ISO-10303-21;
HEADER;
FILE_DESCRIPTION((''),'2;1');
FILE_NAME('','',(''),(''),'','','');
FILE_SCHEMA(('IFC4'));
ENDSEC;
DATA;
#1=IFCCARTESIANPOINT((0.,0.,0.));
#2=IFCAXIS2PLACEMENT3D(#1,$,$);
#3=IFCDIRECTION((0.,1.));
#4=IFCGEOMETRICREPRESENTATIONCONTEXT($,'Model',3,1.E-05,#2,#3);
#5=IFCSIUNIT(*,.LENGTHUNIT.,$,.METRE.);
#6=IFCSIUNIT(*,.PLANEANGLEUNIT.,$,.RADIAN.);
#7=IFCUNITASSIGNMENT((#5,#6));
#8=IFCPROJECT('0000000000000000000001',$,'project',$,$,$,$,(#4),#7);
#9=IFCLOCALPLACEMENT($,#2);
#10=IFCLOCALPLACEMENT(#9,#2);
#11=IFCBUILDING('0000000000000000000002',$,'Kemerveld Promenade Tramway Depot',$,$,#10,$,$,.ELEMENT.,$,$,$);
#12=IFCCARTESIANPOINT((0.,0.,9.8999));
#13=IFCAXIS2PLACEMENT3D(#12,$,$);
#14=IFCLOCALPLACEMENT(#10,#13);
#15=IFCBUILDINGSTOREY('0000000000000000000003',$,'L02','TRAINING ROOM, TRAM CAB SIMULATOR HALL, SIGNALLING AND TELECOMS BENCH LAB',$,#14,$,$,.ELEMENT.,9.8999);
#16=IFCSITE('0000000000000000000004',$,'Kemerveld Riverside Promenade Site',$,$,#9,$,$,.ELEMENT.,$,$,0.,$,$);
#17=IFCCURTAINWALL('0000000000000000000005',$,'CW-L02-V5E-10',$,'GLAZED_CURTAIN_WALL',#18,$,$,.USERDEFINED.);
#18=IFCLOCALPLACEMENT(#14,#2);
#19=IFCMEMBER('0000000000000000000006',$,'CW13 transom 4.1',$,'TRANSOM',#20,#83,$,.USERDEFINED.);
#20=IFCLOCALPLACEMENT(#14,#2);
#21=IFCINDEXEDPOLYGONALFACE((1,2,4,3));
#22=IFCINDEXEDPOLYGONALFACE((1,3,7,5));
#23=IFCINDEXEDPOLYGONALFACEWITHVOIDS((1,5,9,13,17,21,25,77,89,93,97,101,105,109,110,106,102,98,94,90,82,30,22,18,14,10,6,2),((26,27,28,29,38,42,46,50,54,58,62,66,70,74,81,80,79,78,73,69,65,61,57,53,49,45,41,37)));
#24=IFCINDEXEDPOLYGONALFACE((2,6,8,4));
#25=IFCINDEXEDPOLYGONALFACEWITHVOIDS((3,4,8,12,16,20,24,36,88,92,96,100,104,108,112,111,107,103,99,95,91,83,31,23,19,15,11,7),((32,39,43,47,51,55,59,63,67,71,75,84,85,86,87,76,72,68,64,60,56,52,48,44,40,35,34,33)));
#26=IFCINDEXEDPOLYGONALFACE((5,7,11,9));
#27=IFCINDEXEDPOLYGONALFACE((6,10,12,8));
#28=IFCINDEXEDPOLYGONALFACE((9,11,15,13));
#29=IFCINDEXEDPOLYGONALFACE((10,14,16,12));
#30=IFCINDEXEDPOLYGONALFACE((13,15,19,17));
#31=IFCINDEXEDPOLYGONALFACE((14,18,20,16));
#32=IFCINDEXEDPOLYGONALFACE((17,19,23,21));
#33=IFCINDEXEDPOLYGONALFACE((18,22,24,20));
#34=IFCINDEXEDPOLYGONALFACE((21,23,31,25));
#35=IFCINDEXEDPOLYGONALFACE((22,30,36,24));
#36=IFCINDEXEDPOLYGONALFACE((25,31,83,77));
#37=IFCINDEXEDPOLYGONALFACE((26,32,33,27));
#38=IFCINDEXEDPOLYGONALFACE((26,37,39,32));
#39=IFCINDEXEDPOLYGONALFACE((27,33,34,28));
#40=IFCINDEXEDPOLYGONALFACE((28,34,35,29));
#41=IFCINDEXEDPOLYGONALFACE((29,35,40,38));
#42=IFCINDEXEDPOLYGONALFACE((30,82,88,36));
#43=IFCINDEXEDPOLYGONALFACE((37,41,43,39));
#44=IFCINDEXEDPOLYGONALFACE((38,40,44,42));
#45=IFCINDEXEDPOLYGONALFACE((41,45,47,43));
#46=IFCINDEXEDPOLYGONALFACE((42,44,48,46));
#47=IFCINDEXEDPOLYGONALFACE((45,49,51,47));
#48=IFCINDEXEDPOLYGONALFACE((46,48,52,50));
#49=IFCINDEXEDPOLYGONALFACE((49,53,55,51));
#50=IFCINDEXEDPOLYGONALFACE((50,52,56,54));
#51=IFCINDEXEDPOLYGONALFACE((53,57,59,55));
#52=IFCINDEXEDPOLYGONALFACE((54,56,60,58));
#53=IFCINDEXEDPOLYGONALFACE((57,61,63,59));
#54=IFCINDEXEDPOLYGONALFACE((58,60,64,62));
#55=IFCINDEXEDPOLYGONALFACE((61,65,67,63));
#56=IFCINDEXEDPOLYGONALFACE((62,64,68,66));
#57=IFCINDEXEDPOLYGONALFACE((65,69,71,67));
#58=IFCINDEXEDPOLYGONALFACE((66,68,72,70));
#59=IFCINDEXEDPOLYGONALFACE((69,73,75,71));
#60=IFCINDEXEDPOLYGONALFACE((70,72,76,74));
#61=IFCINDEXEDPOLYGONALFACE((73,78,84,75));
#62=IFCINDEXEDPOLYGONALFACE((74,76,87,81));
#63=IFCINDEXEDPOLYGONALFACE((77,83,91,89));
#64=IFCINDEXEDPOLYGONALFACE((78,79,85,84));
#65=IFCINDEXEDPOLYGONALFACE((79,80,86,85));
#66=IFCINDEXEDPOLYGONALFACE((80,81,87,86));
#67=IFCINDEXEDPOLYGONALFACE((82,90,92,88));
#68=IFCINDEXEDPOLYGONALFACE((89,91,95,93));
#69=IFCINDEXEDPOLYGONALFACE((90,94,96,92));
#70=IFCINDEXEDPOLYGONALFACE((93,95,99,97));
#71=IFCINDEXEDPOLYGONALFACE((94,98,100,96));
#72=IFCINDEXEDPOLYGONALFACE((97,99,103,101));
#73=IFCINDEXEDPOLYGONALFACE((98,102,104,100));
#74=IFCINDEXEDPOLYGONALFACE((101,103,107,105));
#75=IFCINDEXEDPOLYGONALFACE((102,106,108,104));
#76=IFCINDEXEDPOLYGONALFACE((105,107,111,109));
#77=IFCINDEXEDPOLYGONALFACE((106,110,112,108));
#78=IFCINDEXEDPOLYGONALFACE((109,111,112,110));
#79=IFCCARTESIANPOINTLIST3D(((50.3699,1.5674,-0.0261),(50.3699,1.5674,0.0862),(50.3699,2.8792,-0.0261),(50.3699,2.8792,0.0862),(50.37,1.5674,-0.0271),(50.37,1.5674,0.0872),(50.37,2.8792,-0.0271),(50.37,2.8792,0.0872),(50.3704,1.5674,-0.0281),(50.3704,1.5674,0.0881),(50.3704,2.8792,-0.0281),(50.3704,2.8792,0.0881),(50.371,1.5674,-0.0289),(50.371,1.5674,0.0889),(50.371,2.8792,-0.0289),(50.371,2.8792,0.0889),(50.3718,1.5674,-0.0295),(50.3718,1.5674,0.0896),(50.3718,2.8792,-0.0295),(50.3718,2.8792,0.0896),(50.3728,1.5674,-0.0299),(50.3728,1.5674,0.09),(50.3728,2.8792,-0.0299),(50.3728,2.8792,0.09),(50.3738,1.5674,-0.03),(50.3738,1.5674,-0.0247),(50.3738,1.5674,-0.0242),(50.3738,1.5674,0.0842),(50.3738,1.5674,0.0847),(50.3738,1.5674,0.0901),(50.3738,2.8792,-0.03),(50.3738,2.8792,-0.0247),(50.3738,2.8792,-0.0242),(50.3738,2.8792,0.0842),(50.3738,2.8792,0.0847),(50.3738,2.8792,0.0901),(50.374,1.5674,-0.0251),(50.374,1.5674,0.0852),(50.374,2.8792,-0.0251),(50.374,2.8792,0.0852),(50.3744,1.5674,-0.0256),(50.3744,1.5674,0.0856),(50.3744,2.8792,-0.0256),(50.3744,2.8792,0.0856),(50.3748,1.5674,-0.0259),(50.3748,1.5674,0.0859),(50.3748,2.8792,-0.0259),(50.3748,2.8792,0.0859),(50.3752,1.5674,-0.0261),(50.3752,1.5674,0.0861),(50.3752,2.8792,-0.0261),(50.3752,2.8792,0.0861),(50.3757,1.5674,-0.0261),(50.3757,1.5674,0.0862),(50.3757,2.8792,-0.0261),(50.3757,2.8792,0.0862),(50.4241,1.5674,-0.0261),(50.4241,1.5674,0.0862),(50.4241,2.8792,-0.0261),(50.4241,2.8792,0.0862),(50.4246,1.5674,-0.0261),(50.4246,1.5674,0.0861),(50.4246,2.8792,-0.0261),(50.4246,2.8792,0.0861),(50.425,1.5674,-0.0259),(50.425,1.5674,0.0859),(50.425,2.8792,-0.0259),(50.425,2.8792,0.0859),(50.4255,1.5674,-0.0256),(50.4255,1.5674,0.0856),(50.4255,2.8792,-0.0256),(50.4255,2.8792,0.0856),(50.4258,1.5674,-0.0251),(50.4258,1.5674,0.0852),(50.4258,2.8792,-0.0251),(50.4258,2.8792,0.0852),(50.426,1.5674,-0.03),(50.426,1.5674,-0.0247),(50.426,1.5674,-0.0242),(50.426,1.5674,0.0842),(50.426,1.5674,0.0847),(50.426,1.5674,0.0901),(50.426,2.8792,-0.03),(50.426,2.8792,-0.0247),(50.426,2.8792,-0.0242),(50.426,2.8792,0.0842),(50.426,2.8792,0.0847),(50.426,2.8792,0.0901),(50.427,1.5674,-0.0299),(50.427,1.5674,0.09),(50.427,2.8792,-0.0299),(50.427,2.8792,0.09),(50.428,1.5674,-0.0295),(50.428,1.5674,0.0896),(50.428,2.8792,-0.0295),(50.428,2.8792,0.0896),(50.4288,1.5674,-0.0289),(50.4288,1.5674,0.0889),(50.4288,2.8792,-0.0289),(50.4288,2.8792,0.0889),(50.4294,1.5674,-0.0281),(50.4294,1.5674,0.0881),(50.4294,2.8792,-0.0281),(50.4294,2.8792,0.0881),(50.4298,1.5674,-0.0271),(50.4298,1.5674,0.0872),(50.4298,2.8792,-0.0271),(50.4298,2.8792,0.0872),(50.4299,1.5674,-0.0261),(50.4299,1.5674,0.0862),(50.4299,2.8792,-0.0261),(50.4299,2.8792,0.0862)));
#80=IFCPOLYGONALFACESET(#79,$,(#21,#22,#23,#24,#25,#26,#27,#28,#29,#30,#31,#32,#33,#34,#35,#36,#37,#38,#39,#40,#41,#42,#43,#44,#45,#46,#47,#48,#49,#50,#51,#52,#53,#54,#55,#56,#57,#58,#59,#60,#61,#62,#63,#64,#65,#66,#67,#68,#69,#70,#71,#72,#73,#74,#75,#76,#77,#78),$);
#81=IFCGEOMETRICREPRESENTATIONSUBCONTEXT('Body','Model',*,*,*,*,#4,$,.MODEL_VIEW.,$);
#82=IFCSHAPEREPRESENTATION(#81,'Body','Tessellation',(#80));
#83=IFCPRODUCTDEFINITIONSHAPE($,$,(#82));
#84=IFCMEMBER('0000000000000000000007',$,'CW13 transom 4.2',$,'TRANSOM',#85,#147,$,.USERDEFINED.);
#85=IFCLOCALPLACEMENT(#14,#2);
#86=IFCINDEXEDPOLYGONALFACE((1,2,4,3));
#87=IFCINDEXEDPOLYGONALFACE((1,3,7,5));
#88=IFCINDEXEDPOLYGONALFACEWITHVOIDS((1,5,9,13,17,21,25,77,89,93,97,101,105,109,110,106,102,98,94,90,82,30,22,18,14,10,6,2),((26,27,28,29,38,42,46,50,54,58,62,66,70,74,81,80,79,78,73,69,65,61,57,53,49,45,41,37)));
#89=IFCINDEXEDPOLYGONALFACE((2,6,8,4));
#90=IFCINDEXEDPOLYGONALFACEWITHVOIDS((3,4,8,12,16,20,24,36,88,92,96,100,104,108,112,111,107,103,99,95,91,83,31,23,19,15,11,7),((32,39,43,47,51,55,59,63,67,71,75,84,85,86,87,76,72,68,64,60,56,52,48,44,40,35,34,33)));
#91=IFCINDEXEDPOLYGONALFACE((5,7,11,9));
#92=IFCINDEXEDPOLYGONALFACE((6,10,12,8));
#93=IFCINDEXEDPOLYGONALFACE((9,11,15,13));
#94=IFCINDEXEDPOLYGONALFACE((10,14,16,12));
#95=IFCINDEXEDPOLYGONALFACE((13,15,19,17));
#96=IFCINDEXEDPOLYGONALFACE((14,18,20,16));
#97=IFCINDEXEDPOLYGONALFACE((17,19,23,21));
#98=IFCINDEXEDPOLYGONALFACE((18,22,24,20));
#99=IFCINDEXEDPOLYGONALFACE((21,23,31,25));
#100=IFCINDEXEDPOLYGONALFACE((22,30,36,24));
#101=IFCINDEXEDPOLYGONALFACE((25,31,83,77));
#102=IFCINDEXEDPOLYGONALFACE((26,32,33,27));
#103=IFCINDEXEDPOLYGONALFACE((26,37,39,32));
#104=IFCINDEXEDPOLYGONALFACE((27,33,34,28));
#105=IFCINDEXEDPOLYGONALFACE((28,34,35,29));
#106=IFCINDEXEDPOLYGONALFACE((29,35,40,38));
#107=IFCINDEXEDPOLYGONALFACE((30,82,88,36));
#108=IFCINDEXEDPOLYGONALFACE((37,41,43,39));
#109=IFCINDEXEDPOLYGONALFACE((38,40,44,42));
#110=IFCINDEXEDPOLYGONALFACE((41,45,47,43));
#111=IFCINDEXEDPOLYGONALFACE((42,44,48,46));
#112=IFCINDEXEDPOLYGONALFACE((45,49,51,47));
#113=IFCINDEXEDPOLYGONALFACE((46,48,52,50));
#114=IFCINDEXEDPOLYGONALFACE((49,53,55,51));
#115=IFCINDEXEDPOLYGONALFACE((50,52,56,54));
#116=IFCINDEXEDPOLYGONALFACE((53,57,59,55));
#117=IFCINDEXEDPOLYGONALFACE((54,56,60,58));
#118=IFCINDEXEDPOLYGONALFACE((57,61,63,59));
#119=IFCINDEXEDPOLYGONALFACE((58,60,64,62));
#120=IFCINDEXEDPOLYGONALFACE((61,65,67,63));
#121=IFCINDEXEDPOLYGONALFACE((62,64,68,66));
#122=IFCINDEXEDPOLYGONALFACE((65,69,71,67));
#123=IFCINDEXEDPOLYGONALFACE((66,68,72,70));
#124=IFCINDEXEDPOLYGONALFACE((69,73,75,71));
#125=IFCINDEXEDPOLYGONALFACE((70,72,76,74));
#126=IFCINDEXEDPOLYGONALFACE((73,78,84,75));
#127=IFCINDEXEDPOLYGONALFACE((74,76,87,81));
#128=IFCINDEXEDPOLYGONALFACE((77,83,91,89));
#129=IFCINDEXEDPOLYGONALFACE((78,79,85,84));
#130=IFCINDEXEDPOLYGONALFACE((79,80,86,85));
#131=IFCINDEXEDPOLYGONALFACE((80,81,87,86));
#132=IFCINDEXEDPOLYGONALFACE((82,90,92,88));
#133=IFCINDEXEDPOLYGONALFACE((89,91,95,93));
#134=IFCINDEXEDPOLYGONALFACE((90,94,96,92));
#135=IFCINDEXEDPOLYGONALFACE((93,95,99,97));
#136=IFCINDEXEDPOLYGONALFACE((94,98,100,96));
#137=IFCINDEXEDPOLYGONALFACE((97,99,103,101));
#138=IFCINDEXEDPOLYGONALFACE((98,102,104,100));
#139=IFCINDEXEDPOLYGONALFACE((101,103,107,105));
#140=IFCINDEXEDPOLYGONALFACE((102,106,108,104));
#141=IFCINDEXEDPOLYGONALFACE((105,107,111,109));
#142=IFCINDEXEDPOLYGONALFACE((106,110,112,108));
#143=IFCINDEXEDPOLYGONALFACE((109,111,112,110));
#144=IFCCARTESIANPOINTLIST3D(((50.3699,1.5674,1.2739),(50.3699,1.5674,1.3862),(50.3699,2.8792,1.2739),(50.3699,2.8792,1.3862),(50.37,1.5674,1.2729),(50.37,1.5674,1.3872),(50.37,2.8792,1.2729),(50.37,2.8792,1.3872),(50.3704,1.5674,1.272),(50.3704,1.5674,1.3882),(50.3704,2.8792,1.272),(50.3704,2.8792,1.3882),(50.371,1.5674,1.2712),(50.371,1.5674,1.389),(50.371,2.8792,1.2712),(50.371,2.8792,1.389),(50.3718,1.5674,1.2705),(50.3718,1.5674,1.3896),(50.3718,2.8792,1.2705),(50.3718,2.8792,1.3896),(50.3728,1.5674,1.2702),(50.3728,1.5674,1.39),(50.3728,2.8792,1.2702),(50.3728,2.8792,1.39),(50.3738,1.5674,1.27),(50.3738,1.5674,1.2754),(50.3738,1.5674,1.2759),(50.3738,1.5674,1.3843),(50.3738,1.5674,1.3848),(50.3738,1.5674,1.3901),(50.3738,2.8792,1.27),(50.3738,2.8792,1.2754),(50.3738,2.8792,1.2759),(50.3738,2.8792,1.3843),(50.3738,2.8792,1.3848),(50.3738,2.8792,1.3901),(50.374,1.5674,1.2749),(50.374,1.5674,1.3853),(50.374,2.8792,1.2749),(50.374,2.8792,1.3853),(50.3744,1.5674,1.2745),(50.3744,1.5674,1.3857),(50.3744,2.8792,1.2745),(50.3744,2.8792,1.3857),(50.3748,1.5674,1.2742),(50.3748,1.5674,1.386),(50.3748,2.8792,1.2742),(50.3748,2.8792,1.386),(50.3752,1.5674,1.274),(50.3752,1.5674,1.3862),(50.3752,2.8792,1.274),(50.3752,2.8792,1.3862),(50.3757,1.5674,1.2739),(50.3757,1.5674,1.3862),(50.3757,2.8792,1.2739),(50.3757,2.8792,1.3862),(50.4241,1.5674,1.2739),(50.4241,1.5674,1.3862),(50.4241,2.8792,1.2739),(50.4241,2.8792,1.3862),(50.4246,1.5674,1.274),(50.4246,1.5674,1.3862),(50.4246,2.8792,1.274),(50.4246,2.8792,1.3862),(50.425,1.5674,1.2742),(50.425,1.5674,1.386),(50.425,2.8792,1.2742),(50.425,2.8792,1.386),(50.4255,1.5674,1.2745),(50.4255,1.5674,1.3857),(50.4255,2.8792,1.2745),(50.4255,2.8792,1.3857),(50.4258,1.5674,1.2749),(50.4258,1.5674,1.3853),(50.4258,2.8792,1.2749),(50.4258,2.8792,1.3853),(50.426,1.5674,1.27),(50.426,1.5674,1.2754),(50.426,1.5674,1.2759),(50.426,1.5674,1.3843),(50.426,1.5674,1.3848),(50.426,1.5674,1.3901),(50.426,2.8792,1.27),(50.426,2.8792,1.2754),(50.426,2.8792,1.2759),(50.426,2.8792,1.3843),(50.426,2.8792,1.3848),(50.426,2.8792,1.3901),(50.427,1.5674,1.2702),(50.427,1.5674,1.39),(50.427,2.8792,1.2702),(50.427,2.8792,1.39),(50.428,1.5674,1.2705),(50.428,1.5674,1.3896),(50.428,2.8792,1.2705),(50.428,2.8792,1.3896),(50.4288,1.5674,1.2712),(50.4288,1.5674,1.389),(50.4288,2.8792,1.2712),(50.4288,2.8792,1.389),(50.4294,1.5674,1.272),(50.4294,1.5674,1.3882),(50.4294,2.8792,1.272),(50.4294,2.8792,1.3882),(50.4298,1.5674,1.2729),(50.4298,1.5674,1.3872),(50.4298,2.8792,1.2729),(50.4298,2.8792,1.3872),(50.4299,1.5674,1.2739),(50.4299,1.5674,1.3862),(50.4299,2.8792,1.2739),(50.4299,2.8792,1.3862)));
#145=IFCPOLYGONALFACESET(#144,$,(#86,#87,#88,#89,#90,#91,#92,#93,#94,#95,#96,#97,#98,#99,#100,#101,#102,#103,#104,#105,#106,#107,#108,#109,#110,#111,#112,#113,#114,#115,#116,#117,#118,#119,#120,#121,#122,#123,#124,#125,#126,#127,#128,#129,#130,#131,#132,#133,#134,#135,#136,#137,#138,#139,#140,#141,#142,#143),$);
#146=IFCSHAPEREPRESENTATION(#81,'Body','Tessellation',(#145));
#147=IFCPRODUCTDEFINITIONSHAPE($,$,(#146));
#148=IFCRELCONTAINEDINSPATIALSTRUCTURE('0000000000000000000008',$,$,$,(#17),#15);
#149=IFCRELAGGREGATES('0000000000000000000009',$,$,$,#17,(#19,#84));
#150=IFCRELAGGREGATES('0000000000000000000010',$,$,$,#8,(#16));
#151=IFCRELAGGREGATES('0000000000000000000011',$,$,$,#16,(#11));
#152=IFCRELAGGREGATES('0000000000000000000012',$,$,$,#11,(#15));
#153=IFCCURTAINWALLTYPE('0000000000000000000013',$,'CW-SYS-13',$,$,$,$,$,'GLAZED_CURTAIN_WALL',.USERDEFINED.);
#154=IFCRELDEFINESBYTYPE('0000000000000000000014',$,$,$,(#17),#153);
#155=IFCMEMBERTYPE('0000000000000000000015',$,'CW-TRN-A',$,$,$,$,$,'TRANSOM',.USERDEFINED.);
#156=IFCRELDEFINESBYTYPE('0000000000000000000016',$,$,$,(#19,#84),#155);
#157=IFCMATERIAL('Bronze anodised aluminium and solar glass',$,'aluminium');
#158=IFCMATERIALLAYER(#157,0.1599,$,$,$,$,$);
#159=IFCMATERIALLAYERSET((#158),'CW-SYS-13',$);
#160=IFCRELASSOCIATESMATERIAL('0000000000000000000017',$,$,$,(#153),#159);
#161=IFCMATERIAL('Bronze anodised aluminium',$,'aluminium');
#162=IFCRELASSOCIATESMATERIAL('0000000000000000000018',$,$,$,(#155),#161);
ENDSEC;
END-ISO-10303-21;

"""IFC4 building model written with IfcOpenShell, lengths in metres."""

from ifc_helpers import new_model, si_unit, direction, frame, origin, origin_2d, place, context, subcontext, project, spatial, hollow_rectangle, extrude, material, layer, layer_set, material_profile, profile_set, type_object, element, aggregate, save


model = new_model("IFC4")

# Units and contexts
model_context = context("Model", 3, precision=1e-05, world=origin(), true_north=direction((0.0, 1.0)))
body_context = subcontext(model_context, "Body", "Model", "MODEL_VIEW")
ifc_project = project(units=[si_unit("LENGTHUNIT", "METRE"), si_unit("PLANEANGLEUNIT", "RADIAN")], contexts=[model_context])

# Site, building, storey
site_placement = place(None, origin())
site = spatial("IfcSite", under=ifc_project, at=site_placement, Name="Kemerveld Riverside Promenade Site", CompositionType="ELEMENT", RefElevation=0.0)
building_placement = place(site_placement, origin())
building = spatial("IfcBuilding", under=site, at=building_placement, Name="Kemerveld Promenade Tramway Depot", CompositionType="ELEMENT")
storey_placement = place(building_placement, frame((0.0, 0.0, 9.8999)))
storey = spatial("IfcBuildingStorey", under=building, at=storey_placement, Name="L02", Description="TRAINING ROOM, TRAM CAB SIMULATOR HALL, SIGNALLING AND TELECOMS BENCH LAB", CompositionType="ELEMENT", Elevation=9.8999)

# Curtain wall, members
ifc_material_1 = material(Name="Bronze anodised aluminium and solar glass", Category="aluminium")
ifc_layer_1 = layer(ifc_material_1, 0.1599)
ifc_layer_set_1 = layer_set([ifc_layer_1], Name="CW-SYS-13")
curtain_wall_type = type_object("IfcCurtainWallType", Name="CW-SYS-13", ElementType="GLAZED_CURTAIN_WALL", PredefinedType="USERDEFINED", material=ifc_layer_set_1)
curtain_wall_placement = place(storey_placement, origin())
curtain_wall = element("IfcCurtainWall", 1, at=curtain_wall_placement, inside=storey, type_object=curtain_wall_type, Name="CW-L02-V5E-10", ObjectType="GLAZED_CURTAIN_WALL", PredefinedType="USERDEFINED")
ifc_material_2 = material(Name="Bronze anodised aluminium", Category="aluminium")
ifc_material_profile_1 = material_profile(ifc_material_2, hollow_rectangle(XDim=0.0601, YDim=0.1201, WallThickness=0.0039, InnerFilletRadius=0.002, OuterFilletRadius=0.0039, at=origin_2d()), Name="CW-TRN-120x60")
ifc_profile_set_1 = profile_set([ifc_material_profile_1], Name="Bronze anodised aluminium")
member_type_1 = type_object("IfcMemberType", Name="CW-TRN-A", ElementType="TRANSOM", PredefinedType="USERDEFINED", material=ifc_profile_set_1)
member_1_placement = place(storey_placement, frame((50.3999, 2.8792, 0.03), z_axis=(0.0, -1.0, 0.0), x_axis=(1.0, 0.0, 0.0)))
member_1 = element("IfcMember", 2, at=member_1_placement, type_object=member_type_1, Name="CW13 transom 4.1", ObjectType="TRANSOM", PredefinedType="USERDEFINED", context=body_context, shape_type="SweptSolid", body=[
    extrude(hollow_rectangle(XDim=0.0601, YDim=0.1201, WallThickness=0.0039, InnerFilletRadius=0.002, OuterFilletRadius=0.0039, at=origin_2d()), origin(), (0.0, 0.0, 1.0), 1.3118),
])
member_2_placement = place(storey_placement, frame((50.3999, 2.8792, 1.3301), z_axis=(0.0, -1.0, 0.0), x_axis=(1.0, 0.0, 0.0)))
member_2 = element("IfcMember", 3, at=member_2_placement, type_object=member_type_1, Name="CW13 transom 4.2", ObjectType="TRANSOM", PredefinedType="USERDEFINED", context=body_context, shape_type="SweptSolid", body=[
    extrude(hollow_rectangle(XDim=0.0601, YDim=0.1201, WallThickness=0.0039, InnerFilletRadius=0.002, OuterFilletRadius=0.0039, at=origin_2d()), origin(), (0.0, 0.0, 1.0), 1.3118),
])
aggregate(curtain_wall, [member_1, member_2])

save(model, "model.ifc")
